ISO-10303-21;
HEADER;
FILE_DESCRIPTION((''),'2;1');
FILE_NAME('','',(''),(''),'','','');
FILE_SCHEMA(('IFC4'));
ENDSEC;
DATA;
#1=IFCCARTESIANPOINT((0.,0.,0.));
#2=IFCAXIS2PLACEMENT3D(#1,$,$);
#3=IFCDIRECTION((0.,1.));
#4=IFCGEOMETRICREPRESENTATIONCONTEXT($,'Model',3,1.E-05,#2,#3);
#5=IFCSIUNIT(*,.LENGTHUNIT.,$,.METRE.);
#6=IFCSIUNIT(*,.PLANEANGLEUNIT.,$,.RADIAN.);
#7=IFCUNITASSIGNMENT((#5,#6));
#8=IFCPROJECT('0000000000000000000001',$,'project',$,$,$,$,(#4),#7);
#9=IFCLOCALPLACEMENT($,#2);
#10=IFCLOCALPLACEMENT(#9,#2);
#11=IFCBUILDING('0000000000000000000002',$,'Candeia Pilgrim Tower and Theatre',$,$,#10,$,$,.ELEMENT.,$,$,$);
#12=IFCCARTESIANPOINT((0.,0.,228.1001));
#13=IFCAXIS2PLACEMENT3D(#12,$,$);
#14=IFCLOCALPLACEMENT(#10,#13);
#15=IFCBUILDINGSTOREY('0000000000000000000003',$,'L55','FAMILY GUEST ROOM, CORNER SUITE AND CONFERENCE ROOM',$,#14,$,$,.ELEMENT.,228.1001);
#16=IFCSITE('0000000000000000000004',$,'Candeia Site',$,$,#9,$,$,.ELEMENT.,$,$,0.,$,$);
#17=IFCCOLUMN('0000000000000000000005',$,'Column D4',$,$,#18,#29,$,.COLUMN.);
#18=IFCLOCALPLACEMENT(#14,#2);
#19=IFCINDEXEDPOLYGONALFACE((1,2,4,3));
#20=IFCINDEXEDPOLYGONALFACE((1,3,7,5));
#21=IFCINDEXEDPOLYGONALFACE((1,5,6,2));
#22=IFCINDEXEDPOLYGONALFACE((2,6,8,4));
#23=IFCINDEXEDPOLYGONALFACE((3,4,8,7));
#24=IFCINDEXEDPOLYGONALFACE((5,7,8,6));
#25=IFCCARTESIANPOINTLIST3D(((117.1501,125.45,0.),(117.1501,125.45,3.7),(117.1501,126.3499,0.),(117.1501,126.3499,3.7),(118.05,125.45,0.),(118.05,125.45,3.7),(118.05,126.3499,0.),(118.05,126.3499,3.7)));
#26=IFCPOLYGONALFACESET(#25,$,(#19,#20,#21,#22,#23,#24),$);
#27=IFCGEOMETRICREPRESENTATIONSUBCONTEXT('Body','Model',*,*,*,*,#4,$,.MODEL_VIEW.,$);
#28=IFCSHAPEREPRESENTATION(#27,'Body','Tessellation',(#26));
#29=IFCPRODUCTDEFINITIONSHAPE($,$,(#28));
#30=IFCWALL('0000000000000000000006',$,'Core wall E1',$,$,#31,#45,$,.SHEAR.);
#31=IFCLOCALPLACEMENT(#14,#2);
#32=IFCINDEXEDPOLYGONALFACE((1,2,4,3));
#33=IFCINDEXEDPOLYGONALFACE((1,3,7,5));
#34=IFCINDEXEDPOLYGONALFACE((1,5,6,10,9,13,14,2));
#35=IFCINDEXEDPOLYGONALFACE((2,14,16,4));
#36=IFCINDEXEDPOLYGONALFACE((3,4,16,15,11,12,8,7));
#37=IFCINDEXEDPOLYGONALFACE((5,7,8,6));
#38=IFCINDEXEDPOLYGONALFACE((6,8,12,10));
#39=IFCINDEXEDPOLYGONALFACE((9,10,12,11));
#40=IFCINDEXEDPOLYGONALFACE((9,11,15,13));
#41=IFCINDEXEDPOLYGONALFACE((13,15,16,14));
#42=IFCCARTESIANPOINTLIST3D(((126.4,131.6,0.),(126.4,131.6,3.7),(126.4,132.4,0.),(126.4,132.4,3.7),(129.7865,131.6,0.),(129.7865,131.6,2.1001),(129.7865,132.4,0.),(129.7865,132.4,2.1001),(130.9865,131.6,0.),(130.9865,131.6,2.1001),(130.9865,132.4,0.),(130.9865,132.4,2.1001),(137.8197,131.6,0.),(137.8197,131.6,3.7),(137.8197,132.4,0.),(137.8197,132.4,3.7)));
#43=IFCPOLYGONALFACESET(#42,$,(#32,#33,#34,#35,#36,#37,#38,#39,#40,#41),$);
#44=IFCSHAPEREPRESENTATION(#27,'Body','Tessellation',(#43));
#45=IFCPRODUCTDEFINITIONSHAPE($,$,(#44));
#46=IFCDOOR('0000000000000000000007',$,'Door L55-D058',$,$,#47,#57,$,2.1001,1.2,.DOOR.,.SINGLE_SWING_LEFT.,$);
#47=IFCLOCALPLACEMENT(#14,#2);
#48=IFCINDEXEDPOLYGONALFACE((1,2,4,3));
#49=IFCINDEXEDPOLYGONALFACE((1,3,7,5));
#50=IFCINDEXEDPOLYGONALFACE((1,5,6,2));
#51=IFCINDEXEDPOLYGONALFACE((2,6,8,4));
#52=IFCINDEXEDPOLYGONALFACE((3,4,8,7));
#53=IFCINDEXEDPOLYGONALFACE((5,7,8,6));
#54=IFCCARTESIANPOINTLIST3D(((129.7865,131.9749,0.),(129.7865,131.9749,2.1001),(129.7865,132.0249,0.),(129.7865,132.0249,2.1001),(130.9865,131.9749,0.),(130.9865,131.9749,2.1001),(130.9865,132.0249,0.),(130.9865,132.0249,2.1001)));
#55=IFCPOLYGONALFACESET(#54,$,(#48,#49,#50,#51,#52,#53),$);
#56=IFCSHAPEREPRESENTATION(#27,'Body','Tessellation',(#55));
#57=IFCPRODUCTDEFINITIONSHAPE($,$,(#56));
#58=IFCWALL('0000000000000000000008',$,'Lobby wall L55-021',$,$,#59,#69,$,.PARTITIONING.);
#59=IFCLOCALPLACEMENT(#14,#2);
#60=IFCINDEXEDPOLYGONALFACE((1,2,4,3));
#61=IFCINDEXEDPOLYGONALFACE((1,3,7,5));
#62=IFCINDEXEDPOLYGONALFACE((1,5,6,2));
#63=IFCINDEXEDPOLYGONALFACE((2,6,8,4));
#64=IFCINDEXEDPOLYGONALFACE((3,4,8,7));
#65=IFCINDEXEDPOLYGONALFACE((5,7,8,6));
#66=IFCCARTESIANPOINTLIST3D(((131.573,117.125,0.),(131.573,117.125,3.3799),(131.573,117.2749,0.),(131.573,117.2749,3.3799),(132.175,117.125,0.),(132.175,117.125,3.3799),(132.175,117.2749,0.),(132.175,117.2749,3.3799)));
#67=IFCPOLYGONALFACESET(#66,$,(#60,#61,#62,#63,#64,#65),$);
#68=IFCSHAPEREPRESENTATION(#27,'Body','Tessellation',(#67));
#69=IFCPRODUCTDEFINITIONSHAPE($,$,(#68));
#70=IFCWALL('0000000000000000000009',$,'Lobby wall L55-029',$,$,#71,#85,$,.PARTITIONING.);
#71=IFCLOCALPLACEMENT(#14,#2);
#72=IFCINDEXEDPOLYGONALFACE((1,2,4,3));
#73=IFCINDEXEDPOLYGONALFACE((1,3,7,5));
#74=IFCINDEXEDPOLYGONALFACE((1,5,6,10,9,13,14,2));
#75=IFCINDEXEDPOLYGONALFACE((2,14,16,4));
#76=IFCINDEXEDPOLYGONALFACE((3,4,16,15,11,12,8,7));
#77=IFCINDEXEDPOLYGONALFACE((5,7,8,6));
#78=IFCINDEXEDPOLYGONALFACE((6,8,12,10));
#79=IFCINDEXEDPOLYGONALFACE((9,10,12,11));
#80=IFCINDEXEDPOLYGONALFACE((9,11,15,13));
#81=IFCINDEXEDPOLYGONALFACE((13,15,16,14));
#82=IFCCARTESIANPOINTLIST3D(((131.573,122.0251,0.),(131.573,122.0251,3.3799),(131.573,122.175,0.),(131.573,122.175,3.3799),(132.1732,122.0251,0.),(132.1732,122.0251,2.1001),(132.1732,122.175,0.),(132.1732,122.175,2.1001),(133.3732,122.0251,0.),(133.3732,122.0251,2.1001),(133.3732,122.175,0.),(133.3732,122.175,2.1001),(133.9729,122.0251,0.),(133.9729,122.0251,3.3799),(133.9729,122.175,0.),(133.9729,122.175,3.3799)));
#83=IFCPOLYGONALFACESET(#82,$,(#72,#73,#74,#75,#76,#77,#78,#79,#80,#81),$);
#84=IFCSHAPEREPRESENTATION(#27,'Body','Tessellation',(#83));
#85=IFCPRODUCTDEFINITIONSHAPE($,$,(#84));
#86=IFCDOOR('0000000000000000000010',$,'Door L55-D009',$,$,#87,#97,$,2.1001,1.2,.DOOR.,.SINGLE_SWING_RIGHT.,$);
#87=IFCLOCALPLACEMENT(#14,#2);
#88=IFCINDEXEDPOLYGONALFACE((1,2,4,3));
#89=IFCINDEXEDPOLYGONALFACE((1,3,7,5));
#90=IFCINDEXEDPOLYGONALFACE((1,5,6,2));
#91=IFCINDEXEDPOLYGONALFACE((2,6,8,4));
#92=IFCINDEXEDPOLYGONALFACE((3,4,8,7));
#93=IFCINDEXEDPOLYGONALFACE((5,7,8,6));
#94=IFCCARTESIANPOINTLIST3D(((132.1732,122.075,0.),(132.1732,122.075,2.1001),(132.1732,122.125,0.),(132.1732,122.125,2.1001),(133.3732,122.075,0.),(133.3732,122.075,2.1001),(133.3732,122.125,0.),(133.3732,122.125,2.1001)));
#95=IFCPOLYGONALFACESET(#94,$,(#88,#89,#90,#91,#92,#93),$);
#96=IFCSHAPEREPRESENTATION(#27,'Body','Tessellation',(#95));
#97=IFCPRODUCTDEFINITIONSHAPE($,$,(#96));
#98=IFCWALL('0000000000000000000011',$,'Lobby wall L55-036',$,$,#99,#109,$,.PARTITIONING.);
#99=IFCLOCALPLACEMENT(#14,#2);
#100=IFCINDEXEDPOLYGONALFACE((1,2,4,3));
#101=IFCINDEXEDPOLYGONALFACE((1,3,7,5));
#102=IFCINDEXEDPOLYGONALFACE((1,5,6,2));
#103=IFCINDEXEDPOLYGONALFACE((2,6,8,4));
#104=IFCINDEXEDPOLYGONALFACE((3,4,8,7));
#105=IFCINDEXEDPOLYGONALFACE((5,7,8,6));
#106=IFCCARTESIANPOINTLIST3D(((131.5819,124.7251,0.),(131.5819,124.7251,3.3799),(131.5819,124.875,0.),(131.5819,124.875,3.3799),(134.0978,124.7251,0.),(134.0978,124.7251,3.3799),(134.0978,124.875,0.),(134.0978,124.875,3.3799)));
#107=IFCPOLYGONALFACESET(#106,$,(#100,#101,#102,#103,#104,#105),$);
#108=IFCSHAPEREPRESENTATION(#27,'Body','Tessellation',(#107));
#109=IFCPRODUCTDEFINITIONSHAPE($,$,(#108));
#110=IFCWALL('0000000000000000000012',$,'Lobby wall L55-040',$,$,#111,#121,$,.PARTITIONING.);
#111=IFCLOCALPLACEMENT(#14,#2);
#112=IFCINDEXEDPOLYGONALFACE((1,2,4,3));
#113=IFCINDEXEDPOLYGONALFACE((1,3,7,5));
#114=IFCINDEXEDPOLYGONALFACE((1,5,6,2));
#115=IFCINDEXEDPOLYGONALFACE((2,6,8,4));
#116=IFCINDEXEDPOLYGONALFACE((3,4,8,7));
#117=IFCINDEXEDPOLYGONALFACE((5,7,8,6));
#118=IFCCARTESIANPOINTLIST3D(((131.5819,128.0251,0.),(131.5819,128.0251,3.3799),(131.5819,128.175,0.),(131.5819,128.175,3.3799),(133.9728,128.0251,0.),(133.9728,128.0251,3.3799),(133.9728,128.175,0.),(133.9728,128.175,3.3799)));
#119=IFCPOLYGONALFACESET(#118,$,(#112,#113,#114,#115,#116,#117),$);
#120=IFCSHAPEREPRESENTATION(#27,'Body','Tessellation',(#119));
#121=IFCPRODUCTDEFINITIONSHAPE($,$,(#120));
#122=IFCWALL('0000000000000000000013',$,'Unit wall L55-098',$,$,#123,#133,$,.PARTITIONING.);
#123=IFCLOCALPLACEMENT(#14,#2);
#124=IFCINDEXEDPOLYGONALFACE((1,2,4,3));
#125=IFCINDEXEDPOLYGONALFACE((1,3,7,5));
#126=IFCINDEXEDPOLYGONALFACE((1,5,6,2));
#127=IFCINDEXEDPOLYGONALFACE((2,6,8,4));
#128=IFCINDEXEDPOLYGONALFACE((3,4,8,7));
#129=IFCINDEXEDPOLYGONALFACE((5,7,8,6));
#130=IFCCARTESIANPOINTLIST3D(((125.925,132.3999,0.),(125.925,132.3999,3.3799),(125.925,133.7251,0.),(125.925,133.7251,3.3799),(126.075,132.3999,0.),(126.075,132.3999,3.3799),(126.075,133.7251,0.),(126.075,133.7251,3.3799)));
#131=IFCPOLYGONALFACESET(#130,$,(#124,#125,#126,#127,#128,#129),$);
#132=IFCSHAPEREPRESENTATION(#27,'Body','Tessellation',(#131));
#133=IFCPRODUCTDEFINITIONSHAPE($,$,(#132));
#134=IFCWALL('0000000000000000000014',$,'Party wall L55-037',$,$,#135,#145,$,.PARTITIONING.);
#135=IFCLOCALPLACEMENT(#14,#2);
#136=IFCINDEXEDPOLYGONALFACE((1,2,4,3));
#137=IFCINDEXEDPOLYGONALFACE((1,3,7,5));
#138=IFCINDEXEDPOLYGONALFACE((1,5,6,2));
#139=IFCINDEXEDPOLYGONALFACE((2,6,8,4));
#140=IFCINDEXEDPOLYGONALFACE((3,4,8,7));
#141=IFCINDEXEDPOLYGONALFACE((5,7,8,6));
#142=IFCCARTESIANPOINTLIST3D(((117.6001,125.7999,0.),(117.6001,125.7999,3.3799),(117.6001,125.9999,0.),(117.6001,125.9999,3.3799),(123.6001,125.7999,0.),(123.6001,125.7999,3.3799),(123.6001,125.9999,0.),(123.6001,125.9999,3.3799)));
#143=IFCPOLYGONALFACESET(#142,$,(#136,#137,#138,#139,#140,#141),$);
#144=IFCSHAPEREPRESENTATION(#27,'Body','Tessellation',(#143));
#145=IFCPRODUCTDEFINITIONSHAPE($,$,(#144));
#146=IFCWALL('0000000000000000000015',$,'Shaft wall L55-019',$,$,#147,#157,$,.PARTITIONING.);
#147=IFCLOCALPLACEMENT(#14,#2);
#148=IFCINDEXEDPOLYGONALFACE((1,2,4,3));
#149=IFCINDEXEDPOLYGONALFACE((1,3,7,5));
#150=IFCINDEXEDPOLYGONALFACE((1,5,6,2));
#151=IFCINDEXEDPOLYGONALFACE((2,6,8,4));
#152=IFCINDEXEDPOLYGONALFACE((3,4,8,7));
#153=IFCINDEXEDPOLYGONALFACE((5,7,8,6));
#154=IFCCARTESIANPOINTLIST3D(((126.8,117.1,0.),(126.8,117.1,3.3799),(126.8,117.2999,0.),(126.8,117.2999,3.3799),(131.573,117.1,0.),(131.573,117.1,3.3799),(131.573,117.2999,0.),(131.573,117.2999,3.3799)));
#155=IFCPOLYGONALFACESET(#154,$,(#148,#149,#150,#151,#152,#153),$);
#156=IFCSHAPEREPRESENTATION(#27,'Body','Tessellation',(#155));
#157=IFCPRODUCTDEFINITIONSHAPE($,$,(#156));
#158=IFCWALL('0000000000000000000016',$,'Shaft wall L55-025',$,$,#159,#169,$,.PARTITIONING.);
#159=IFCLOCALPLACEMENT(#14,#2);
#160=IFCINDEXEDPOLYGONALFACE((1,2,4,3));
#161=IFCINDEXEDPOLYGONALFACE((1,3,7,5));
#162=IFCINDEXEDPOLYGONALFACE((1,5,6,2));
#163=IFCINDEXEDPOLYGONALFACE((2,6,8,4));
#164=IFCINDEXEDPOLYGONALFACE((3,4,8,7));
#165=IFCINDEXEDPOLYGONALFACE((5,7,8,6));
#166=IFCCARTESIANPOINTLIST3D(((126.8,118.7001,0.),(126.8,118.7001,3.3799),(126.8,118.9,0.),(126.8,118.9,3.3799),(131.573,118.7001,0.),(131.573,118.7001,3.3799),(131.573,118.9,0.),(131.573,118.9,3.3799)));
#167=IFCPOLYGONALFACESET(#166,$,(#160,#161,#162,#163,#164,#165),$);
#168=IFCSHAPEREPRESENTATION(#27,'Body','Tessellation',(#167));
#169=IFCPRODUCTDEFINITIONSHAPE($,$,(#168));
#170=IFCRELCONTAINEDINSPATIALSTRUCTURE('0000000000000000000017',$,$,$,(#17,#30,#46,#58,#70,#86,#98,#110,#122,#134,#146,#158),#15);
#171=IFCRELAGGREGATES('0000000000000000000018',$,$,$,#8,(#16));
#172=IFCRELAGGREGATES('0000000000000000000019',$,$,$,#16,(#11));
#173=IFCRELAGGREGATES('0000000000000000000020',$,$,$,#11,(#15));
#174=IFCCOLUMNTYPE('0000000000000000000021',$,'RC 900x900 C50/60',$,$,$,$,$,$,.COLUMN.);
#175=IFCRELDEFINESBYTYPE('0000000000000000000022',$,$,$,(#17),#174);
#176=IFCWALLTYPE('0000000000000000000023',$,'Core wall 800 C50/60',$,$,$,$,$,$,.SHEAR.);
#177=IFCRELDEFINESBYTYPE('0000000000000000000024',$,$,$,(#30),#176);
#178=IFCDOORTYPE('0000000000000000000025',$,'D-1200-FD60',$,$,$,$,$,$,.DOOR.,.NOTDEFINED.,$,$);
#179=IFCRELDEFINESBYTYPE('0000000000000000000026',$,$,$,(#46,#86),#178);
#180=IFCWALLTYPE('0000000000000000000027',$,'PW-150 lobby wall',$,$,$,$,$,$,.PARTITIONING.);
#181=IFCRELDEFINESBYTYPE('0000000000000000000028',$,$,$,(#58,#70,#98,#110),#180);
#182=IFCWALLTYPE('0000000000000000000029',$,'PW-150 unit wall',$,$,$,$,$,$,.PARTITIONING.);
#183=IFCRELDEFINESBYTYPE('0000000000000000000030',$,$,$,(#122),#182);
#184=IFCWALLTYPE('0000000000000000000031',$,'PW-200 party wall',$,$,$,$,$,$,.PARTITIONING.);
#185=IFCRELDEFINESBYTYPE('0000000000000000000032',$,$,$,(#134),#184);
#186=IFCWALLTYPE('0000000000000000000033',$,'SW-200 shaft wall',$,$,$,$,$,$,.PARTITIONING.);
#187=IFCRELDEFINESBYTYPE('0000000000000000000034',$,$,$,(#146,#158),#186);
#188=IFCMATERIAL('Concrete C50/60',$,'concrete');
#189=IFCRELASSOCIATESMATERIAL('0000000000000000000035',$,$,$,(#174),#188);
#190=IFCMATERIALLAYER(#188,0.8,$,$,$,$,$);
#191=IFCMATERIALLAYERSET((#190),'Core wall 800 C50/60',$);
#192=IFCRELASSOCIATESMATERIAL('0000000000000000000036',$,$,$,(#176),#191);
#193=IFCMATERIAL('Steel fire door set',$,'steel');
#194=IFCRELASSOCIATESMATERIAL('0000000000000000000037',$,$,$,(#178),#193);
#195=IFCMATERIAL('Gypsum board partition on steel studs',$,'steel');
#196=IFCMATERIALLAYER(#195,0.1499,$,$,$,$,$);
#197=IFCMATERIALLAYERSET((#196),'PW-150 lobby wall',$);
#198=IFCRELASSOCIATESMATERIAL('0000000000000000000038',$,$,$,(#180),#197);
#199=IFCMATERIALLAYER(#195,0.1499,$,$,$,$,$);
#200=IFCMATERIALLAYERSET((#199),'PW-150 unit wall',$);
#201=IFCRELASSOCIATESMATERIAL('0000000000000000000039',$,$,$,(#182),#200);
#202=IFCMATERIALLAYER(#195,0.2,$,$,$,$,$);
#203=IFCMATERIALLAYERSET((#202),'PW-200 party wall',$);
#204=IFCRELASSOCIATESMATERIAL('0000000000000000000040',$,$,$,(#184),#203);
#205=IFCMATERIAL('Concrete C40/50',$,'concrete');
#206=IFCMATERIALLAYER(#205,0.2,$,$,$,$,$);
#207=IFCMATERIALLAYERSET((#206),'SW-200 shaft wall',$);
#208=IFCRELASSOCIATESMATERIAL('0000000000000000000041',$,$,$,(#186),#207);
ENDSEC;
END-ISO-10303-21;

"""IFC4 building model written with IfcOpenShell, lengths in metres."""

from ifc_helpers import new_model, si_unit, direction, frame, frame_2d, origin, origin_2d, place, context, subcontext, project, spatial, rectangle, extrude, material, layer, layer_set, material_profile, profile_set, type_object, element, fill, save


model = new_model("IFC4")

# Units and contexts
model_context = context("Model", 3, precision=1e-05, world=origin(), true_north=direction((0.0, 1.0)))
body_context = subcontext(model_context, "Body", "Model", "MODEL_VIEW")
ifc_project = project(units=[si_unit("LENGTHUNIT", "METRE"), si_unit("PLANEANGLEUNIT", "RADIAN")], contexts=[model_context])

# Site, building, storey
site_placement = place(None, origin())
site = spatial("IfcSite", under=ifc_project, at=site_placement, Name="Candeia Site", CompositionType="ELEMENT", RefElevation=0.0)
building_placement = place(site_placement, origin())
building = spatial("IfcBuilding", under=site, at=building_placement, Name="Candeia Pilgrim Tower and Theatre", CompositionType="ELEMENT")
storey_placement = place(building_placement, frame((0.0, 0.0, 228.1001)))
storey = spatial("IfcBuildingStorey", under=building, at=storey_placement, Name="L55", Description="FAMILY GUEST ROOM, CORNER SUITE AND CONFERENCE ROOM", CompositionType="ELEMENT", Elevation=228.1001)

# Column
ifc_material_1 = material(Name="Concrete C50/60", Category="concrete")
ifc_material_profile = material_profile(ifc_material_1, rectangle(XDim=0.8999, YDim=0.8999, at=origin_2d()))
ifc_profile_set = profile_set([ifc_material_profile], Name="Concrete C50/60")
column_type = type_object("IfcColumnType", Name="RC 900x900 C50/60", PredefinedType="COLUMN", material=ifc_profile_set)
column_placement = place(storey_placement, frame((117.6001, 125.8999, 0.0), z_axis=(0.0, 0.0, 1.0), x_axis=(1.0, 0.0, 0.0)))
element("IfcColumn", 1, at=column_placement, inside=storey, type_object=column_type, Name="Column D4", PredefinedType="COLUMN", context=body_context, shape_type="SweptSolid", body=[
    extrude(rectangle(XDim=0.8999, YDim=0.8999, at=origin_2d()), origin(), (0.0, 0.0, 1.0), 3.7),
])

# Wall, opening, door
ifc_layer_1 = layer(ifc_material_1, 0.8)
ifc_layer_set_1 = layer_set([ifc_layer_1], Name="Core wall 800 C50/60")
wall_type_1 = type_object("IfcWallType", Name="Core wall 800 C50/60", PredefinedType="SHEAR", material=ifc_layer_set_1)
wall_1_placement = place(storey_placement, frame((126.3999, 132.0, 0.0), z_axis=(0.0, 0.0, 1.0), x_axis=(1.0, 0.0, 0.0)))
wall_1 = element("IfcWall", 2, at=wall_1_placement, inside=storey, type_object=wall_type_1, Name="Core wall E1", PredefinedType="SHEAR", context=body_context, shape_type="SweptSolid", body=[
    extrude(rectangle(XDim=11.4197, YDim=0.8, at=frame_2d((5.71, 0.0))), origin(), (0.0, 0.0, 1.0), 3.7),
])
opening_1_placement = place(wall_1_placement, frame((3.3865, 0.0, 0.0)))
opening_1 = element("IfcOpeningElement", 3, at=opening_1_placement, cuts=wall_1, PredefinedType="OPENING", context=body_context, shape_type="SweptSolid", body=[
    extrude(rectangle(XDim=1.2, YDim=2.1001, at=frame_2d((0.6001, 1.05))), frame((0.0, 0.4102, 0.0), z_axis=(0.0, -1.0, 0.0), x_axis=(1.0, 0.0, 0.0)), (0.0, 0.0, 1.0), 0.8201),
])
ifc_material_2 = material(Name="Steel fire door set", Category="steel")
door_type_1 = type_object("IfcDoorType", Name="D-1200-FD60", OperationType="NOTDEFINED", PredefinedType="DOOR", material=ifc_material_2)
door_1_placement = place(opening_1_placement, origin())
door_1 = element("IfcDoor", 4, at=door_1_placement, inside=storey, type_object=door_type_1, Name="Door L55-D058", OperationType="SINGLE_SWING_LEFT", OverallHeight=2.1001, OverallWidth=1.2, PredefinedType="DOOR", context=body_context, shape_type="SweptSolid", body=[
    extrude(rectangle(XDim=1.2, YDim=2.1001, at=frame_2d((0.6001, 1.05))), frame((0.0, 0.0249, 0.0), z_axis=(0.0, -1.0, 0.0), x_axis=(1.0, 0.0, 0.0)), (0.0, 0.0, 1.0), 0.05),
])
fill(opening_1, door_1)

# Wall
ifc_material_3 = material(Name="Gypsum board partition on steel studs", Category="steel")
ifc_layer_2 = layer(ifc_material_3, 0.1499)
ifc_layer_set_2 = layer_set([ifc_layer_2], Name="PW-150 lobby wall")
wall_type_2 = type_object("IfcWallType", Name="PW-150 lobby wall", PredefinedType="PARTITIONING", material=ifc_layer_set_2)
wall_2_placement = place(storey_placement, frame((131.573, 117.2, 0.0), z_axis=(0.0, 0.0, 1.0), x_axis=(1.0, 0.0, 0.0)))
element("IfcWall", 5, at=wall_2_placement, inside=storey, type_object=wall_type_2, Name="Lobby wall L55-021", PredefinedType="PARTITIONING", context=body_context, shape_type="SweptSolid", body=[
    extrude(rectangle(XDim=0.6021, YDim=0.1499, at=frame_2d((0.301, 0.0))), origin(), (0.0, 0.0, 1.0), 3.3799),
])

# Wall, opening, door
wall_3_placement = place(storey_placement, frame((131.573, 122.1001, 0.0), z_axis=(0.0, 0.0, 1.0), x_axis=(1.0, 0.0, 0.0)))
wall_3 = element("IfcWall", 6, at=wall_3_placement, inside=storey, type_object=wall_type_2, Name="Lobby wall L55-029", PredefinedType="PARTITIONING", context=body_context, shape_type="SweptSolid", body=[
    extrude(rectangle(XDim=2.3999, YDim=0.1499, at=frame_2d((1.2, 0.0))), origin(), (0.0, 0.0, 1.0), 3.3799),
])
opening_2_placement = place(wall_3_placement, frame((0.6001, 0.0, 0.0)))
opening_2 = element("IfcOpeningElement", 7, at=opening_2_placement, cuts=wall_3, PredefinedType="OPENING", context=body_context, shape_type="SweptSolid", body=[
    extrude(rectangle(XDim=1.2, YDim=2.1001, at=frame_2d((0.6001, 1.05))), frame((0.0, 0.085, 0.0), z_axis=(0.0, -1.0, 0.0), x_axis=(1.0, 0.0, 0.0)), (0.0, 0.0, 1.0), 0.1699),
])
door_2_placement = place(opening_2_placement, origin())
door_2 = element("IfcDoor", 8, at=door_2_placement, inside=storey, type_object=door_type_1, Name="Door L55-D009", OperationType="SINGLE_SWING_RIGHT", OverallHeight=2.1001, OverallWidth=1.2, PredefinedType="DOOR", context=body_context, shape_type="SweptSolid", body=[
    extrude(rectangle(XDim=1.2, YDim=2.1001, at=frame_2d((0.6001, 1.05))), frame((0.0, 0.0249, 0.0), z_axis=(0.0, -1.0, 0.0), x_axis=(1.0, 0.0, 0.0)), (0.0, 0.0, 1.0), 0.05),
])
fill(opening_2, door_2)

# Walls
wall_4_placement = place(storey_placement, frame((131.582, 124.8, 0.0), z_axis=(0.0, 0.0, 1.0), x_axis=(1.0, 0.0, 0.0)))
element("IfcWall", 9, at=wall_4_placement, inside=storey, type_object=wall_type_2, Name="Lobby wall L55-036", PredefinedType="PARTITIONING", context=body_context, shape_type="SweptSolid", body=[
    extrude(rectangle(XDim=2.5159, YDim=0.1499, at=frame_2d((1.2578, 0.0))), origin(), (0.0, 0.0, 1.0), 3.3799),
])
wall_5_placement = place(storey_placement, frame((131.582, 128.1001, 0.0), z_axis=(0.0, 0.0, 1.0), x_axis=(1.0, 0.0, 0.0)))
element("IfcWall", 10, at=wall_5_placement, inside=storey, type_object=wall_type_2, Name="Lobby wall L55-040", PredefinedType="PARTITIONING", context=body_context, shape_type="SweptSolid", body=[
    extrude(rectangle(XDim=2.3909, YDim=0.1499, at=frame_2d((1.1953, 0.0))), origin(), (0.0, 0.0, 1.0), 3.3799),
])
ifc_layer_3 = layer(ifc_material_3, 0.1499)
ifc_layer_set_3 = layer_set([ifc_layer_3], Name="PW-150 unit wall")
wall_type_3 = type_object("IfcWallType", Name="PW-150 unit wall", PredefinedType="PARTITIONING", material=ifc_layer_set_3)
wall_6_placement = place(storey_placement, frame((126.0, 132.3999, 0.0), z_axis=(0.0, 0.0, 1.0), x_axis=(0.0, 1.0, 0.0)))
element("IfcWall", 11, at=wall_6_placement, inside=storey, type_object=wall_type_3, Name="Unit wall L55-098", PredefinedType="PARTITIONING", context=body_context, shape_type="SweptSolid", body=[
    extrude(rectangle(XDim=1.3252, YDim=0.1499, at=frame_2d((0.6626, 0.0))), origin(), (0.0, 0.0, 1.0), 3.3799),
])
ifc_layer_4 = layer(ifc_material_3, 0.2)
ifc_layer_set_4 = layer_set([ifc_layer_4], Name="PW-200 party wall")
wall_type_4 = type_object("IfcWallType", Name="PW-200 party wall", PredefinedType="PARTITIONING", material=ifc_layer_set_4)
wall_7_placement = place(storey_placement, frame((117.6001, 125.8999, 0.0), z_axis=(0.0, 0.0, 1.0), x_axis=(1.0, 0.0, 0.0)))
element("IfcWall", 12, at=wall_7_placement, inside=storey, type_object=wall_type_4, Name="Party wall L55-037", PredefinedType="PARTITIONING", context=body_context, shape_type="SweptSolid", body=[
    extrude(rectangle(XDim=6.0, YDim=0.2, at=frame_2d((3.0, 0.0))), origin(), (0.0, 0.0, 1.0), 3.3799),
])
ifc_material_4 = material(Name="Concrete C40/50", Category="concrete")
ifc_layer_5 = layer(ifc_material_4, 0.2)
ifc_layer_set_5 = layer_set([ifc_layer_5], Name="SW-200 shaft wall")
wall_type_5 = type_object("IfcWallType", Name="SW-200 shaft wall", PredefinedType="PARTITIONING", material=ifc_layer_set_5)
for number, where, z_axis, x_axis, name in (
    (13, (126.8, 117.2, 0.0), (0.0, 0.0, 1.0), (1.0, 0.0, 0.0), "Shaft wall L55-019"),
    (14, (126.8, 118.8, 0.0), (0.0, 0.0, 1.0), (1.0, 0.0, 0.0), "Shaft wall L55-025"),
):
    element("IfcWall", number, at=place(storey_placement, frame(where, z_axis=z_axis, x_axis=x_axis)), inside=storey, type_object=wall_type_5, Name=name, PredefinedType="PARTITIONING", context=body_context, shape_type="SweptSolid", body=[
        extrude(rectangle(XDim=4.7729, YDim=0.2, at=frame_2d((2.3865, 0.0))), origin(), (0.0, 0.0, 1.0), 3.3799),
    ])

save(model, "model.ifc")
